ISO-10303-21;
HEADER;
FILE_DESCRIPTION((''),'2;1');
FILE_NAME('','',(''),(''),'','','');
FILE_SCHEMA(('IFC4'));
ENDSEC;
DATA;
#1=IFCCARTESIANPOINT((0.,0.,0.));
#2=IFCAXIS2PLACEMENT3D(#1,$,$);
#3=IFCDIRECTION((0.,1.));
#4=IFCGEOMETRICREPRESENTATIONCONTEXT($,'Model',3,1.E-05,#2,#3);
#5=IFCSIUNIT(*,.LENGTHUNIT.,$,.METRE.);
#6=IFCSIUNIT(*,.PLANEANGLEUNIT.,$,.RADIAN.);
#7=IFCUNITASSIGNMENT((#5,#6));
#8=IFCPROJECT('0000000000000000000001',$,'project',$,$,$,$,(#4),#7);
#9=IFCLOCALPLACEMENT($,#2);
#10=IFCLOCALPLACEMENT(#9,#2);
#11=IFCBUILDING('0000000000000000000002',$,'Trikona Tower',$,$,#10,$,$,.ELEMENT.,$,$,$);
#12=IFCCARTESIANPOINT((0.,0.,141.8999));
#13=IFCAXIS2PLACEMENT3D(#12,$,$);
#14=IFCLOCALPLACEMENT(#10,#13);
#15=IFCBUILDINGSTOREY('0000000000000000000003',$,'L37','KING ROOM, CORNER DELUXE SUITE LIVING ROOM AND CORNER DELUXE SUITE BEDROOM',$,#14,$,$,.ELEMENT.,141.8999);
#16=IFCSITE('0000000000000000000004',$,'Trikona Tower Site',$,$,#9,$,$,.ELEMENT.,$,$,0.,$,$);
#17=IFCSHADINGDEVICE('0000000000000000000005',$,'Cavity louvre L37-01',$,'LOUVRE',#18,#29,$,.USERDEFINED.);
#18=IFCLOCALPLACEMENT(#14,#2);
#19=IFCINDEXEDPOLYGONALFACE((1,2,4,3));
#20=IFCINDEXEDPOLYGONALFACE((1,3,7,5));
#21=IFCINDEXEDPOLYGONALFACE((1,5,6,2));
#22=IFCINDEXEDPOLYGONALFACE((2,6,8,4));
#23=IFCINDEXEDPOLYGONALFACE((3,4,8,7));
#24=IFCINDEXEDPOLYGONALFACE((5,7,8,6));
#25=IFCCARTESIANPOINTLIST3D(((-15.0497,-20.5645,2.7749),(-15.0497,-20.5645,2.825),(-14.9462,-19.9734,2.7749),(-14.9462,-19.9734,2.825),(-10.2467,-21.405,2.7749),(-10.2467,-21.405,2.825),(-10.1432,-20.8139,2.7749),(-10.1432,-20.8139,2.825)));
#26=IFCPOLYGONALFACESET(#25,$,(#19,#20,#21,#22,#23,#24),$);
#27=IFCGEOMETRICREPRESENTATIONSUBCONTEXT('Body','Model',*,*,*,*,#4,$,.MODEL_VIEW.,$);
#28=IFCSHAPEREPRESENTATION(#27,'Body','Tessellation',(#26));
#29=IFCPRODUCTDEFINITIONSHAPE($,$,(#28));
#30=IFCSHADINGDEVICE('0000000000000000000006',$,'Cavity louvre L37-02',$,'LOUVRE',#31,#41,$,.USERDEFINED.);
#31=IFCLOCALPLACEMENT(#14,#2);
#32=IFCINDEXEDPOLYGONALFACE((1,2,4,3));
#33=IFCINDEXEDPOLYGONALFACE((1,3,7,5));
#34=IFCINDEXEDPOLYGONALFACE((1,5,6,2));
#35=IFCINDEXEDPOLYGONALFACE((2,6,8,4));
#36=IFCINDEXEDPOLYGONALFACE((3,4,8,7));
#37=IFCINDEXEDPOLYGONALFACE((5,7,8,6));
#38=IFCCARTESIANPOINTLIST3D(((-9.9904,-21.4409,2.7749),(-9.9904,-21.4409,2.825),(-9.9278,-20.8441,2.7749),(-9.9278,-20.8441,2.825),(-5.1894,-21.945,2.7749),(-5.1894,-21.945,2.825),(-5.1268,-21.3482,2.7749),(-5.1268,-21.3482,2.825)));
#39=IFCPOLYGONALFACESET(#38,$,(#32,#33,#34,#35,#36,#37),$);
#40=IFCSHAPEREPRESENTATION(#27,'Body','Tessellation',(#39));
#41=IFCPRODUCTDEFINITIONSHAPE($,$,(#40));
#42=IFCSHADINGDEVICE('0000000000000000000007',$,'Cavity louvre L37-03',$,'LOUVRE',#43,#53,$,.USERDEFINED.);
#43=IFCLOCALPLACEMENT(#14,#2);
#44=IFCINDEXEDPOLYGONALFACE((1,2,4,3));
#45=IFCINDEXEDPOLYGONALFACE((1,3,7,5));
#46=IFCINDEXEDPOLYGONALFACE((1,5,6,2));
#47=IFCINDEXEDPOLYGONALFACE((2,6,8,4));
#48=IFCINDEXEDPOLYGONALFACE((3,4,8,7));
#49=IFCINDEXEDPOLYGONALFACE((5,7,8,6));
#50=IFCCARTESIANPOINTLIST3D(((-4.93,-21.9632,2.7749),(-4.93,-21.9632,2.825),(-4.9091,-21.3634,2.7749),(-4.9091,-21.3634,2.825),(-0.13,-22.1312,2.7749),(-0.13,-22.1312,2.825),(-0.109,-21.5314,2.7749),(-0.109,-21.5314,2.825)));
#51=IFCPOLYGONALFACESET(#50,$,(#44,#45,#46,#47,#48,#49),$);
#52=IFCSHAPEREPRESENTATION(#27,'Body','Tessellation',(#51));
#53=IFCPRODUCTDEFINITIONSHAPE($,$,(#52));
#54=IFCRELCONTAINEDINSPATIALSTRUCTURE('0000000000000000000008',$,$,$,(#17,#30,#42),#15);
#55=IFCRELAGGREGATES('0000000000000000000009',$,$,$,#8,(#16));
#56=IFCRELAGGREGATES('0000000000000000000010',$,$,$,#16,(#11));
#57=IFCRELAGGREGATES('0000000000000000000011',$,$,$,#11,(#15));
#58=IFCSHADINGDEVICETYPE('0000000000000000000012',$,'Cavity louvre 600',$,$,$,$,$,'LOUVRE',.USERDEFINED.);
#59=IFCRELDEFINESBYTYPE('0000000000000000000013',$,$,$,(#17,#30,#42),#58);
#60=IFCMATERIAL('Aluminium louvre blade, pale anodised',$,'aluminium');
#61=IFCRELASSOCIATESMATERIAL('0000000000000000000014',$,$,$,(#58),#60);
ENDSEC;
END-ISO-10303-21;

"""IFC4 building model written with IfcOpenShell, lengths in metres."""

from ifc_helpers import new_model, si_unit, direction, frame, origin, origin_2d, place, context, subcontext, project, spatial, rectangle, extrude, material, type_object, element, save


model = new_model("IFC4")

# Units and contexts
model_context = context("Model", 3, precision=1e-05, world=origin(), true_north=direction((0.0, 1.0)))
body_context = subcontext(model_context, "Body", "Model", "MODEL_VIEW")
ifc_project = project(units=[si_unit("LENGTHUNIT", "METRE"), si_unit("PLANEANGLEUNIT", "RADIAN")], contexts=[model_context])

# Site, building, storey
site_placement = place(None, origin())
site = spatial("IfcSite", under=ifc_project, at=site_placement, Name="Trikona Tower Site", CompositionType="ELEMENT", RefElevation=0.0)
building_placement = place(site_placement, origin())
building = spatial("IfcBuilding", under=site, at=building_placement, Name="Trikona Tower", CompositionType="ELEMENT")
storey_placement = place(building_placement, frame((0.0, 0.0, 141.8999)))
storey = spatial("IfcBuildingStorey", under=building, at=storey_placement, Name="L37", Description="KING ROOM, CORNER DELUXE SUITE LIVING ROOM AND CORNER DELUXE SUITE BEDROOM", CompositionType="ELEMENT", Elevation=141.8999)

# Shading devices
ifc_material_1 = material(Name="Aluminium louvre blade, pale anodised", Category="aluminium")
shading_device_type = type_object("IfcShadingDeviceType", Name="Cavity louvre 600", ElementType="LOUVRE", PredefinedType="USERDEFINED", material=ifc_material_1)
shading_device_1_placement = place(storey_placement, frame((-12.5964, -20.6892, 2.7749), z_axis=(0.0, 0.0, 1.0), x_axis=(0.985031, -0.17238, 0.0)))
element("IfcShadingDevice", 1, at=shading_device_1_placement, inside=storey, type_object=shading_device_type, Name="Cavity louvre L37-01", ObjectType="LOUVRE", PredefinedType="USERDEFINED", context=body_context, shape_type="SweptSolid", body=[
    extrude(rectangle(XDim=4.876, YDim=0.6001, at=origin_2d()), origin(), (0.0, 0.0, 1.0), 0.05),
])
shading_device_2_placement = place(storey_placement, frame((-7.5586, -21.3945, 2.7749), z_axis=(0.0, 0.0, 1.0), x_axis=(0.994533, -0.104426, 0.0)))
element("IfcShadingDevice", 2, at=shading_device_2_placement, inside=storey, type_object=shading_device_type, Name="Cavity louvre L37-02", ObjectType="LOUVRE", PredefinedType="USERDEFINED", context=body_context, shape_type="SweptSolid", body=[
    extrude(rectangle(XDim=4.8274, YDim=0.6001, at=origin_2d()), origin(), (0.0, 0.0, 1.0), 0.05),
])
shading_device_3_placement = place(storey_placement, frame((-2.5195, -21.7473, 2.7749), z_axis=(0.0, 0.0, 1.0), x_axis=(0.999388, -0.034978, 0.0)))
element("IfcShadingDevice", 3, at=shading_device_3_placement, inside=storey, type_object=shading_device_type, Name="Cavity louvre L37-03", ObjectType="LOUVRE", PredefinedType="USERDEFINED", context=body_context, shape_type="SweptSolid", body=[
    extrude(rectangle(XDim=4.803, YDim=0.6001, at=origin_2d()), origin(), (0.0, 0.0, 1.0), 0.05),
])

save(model, "model.ifc")
